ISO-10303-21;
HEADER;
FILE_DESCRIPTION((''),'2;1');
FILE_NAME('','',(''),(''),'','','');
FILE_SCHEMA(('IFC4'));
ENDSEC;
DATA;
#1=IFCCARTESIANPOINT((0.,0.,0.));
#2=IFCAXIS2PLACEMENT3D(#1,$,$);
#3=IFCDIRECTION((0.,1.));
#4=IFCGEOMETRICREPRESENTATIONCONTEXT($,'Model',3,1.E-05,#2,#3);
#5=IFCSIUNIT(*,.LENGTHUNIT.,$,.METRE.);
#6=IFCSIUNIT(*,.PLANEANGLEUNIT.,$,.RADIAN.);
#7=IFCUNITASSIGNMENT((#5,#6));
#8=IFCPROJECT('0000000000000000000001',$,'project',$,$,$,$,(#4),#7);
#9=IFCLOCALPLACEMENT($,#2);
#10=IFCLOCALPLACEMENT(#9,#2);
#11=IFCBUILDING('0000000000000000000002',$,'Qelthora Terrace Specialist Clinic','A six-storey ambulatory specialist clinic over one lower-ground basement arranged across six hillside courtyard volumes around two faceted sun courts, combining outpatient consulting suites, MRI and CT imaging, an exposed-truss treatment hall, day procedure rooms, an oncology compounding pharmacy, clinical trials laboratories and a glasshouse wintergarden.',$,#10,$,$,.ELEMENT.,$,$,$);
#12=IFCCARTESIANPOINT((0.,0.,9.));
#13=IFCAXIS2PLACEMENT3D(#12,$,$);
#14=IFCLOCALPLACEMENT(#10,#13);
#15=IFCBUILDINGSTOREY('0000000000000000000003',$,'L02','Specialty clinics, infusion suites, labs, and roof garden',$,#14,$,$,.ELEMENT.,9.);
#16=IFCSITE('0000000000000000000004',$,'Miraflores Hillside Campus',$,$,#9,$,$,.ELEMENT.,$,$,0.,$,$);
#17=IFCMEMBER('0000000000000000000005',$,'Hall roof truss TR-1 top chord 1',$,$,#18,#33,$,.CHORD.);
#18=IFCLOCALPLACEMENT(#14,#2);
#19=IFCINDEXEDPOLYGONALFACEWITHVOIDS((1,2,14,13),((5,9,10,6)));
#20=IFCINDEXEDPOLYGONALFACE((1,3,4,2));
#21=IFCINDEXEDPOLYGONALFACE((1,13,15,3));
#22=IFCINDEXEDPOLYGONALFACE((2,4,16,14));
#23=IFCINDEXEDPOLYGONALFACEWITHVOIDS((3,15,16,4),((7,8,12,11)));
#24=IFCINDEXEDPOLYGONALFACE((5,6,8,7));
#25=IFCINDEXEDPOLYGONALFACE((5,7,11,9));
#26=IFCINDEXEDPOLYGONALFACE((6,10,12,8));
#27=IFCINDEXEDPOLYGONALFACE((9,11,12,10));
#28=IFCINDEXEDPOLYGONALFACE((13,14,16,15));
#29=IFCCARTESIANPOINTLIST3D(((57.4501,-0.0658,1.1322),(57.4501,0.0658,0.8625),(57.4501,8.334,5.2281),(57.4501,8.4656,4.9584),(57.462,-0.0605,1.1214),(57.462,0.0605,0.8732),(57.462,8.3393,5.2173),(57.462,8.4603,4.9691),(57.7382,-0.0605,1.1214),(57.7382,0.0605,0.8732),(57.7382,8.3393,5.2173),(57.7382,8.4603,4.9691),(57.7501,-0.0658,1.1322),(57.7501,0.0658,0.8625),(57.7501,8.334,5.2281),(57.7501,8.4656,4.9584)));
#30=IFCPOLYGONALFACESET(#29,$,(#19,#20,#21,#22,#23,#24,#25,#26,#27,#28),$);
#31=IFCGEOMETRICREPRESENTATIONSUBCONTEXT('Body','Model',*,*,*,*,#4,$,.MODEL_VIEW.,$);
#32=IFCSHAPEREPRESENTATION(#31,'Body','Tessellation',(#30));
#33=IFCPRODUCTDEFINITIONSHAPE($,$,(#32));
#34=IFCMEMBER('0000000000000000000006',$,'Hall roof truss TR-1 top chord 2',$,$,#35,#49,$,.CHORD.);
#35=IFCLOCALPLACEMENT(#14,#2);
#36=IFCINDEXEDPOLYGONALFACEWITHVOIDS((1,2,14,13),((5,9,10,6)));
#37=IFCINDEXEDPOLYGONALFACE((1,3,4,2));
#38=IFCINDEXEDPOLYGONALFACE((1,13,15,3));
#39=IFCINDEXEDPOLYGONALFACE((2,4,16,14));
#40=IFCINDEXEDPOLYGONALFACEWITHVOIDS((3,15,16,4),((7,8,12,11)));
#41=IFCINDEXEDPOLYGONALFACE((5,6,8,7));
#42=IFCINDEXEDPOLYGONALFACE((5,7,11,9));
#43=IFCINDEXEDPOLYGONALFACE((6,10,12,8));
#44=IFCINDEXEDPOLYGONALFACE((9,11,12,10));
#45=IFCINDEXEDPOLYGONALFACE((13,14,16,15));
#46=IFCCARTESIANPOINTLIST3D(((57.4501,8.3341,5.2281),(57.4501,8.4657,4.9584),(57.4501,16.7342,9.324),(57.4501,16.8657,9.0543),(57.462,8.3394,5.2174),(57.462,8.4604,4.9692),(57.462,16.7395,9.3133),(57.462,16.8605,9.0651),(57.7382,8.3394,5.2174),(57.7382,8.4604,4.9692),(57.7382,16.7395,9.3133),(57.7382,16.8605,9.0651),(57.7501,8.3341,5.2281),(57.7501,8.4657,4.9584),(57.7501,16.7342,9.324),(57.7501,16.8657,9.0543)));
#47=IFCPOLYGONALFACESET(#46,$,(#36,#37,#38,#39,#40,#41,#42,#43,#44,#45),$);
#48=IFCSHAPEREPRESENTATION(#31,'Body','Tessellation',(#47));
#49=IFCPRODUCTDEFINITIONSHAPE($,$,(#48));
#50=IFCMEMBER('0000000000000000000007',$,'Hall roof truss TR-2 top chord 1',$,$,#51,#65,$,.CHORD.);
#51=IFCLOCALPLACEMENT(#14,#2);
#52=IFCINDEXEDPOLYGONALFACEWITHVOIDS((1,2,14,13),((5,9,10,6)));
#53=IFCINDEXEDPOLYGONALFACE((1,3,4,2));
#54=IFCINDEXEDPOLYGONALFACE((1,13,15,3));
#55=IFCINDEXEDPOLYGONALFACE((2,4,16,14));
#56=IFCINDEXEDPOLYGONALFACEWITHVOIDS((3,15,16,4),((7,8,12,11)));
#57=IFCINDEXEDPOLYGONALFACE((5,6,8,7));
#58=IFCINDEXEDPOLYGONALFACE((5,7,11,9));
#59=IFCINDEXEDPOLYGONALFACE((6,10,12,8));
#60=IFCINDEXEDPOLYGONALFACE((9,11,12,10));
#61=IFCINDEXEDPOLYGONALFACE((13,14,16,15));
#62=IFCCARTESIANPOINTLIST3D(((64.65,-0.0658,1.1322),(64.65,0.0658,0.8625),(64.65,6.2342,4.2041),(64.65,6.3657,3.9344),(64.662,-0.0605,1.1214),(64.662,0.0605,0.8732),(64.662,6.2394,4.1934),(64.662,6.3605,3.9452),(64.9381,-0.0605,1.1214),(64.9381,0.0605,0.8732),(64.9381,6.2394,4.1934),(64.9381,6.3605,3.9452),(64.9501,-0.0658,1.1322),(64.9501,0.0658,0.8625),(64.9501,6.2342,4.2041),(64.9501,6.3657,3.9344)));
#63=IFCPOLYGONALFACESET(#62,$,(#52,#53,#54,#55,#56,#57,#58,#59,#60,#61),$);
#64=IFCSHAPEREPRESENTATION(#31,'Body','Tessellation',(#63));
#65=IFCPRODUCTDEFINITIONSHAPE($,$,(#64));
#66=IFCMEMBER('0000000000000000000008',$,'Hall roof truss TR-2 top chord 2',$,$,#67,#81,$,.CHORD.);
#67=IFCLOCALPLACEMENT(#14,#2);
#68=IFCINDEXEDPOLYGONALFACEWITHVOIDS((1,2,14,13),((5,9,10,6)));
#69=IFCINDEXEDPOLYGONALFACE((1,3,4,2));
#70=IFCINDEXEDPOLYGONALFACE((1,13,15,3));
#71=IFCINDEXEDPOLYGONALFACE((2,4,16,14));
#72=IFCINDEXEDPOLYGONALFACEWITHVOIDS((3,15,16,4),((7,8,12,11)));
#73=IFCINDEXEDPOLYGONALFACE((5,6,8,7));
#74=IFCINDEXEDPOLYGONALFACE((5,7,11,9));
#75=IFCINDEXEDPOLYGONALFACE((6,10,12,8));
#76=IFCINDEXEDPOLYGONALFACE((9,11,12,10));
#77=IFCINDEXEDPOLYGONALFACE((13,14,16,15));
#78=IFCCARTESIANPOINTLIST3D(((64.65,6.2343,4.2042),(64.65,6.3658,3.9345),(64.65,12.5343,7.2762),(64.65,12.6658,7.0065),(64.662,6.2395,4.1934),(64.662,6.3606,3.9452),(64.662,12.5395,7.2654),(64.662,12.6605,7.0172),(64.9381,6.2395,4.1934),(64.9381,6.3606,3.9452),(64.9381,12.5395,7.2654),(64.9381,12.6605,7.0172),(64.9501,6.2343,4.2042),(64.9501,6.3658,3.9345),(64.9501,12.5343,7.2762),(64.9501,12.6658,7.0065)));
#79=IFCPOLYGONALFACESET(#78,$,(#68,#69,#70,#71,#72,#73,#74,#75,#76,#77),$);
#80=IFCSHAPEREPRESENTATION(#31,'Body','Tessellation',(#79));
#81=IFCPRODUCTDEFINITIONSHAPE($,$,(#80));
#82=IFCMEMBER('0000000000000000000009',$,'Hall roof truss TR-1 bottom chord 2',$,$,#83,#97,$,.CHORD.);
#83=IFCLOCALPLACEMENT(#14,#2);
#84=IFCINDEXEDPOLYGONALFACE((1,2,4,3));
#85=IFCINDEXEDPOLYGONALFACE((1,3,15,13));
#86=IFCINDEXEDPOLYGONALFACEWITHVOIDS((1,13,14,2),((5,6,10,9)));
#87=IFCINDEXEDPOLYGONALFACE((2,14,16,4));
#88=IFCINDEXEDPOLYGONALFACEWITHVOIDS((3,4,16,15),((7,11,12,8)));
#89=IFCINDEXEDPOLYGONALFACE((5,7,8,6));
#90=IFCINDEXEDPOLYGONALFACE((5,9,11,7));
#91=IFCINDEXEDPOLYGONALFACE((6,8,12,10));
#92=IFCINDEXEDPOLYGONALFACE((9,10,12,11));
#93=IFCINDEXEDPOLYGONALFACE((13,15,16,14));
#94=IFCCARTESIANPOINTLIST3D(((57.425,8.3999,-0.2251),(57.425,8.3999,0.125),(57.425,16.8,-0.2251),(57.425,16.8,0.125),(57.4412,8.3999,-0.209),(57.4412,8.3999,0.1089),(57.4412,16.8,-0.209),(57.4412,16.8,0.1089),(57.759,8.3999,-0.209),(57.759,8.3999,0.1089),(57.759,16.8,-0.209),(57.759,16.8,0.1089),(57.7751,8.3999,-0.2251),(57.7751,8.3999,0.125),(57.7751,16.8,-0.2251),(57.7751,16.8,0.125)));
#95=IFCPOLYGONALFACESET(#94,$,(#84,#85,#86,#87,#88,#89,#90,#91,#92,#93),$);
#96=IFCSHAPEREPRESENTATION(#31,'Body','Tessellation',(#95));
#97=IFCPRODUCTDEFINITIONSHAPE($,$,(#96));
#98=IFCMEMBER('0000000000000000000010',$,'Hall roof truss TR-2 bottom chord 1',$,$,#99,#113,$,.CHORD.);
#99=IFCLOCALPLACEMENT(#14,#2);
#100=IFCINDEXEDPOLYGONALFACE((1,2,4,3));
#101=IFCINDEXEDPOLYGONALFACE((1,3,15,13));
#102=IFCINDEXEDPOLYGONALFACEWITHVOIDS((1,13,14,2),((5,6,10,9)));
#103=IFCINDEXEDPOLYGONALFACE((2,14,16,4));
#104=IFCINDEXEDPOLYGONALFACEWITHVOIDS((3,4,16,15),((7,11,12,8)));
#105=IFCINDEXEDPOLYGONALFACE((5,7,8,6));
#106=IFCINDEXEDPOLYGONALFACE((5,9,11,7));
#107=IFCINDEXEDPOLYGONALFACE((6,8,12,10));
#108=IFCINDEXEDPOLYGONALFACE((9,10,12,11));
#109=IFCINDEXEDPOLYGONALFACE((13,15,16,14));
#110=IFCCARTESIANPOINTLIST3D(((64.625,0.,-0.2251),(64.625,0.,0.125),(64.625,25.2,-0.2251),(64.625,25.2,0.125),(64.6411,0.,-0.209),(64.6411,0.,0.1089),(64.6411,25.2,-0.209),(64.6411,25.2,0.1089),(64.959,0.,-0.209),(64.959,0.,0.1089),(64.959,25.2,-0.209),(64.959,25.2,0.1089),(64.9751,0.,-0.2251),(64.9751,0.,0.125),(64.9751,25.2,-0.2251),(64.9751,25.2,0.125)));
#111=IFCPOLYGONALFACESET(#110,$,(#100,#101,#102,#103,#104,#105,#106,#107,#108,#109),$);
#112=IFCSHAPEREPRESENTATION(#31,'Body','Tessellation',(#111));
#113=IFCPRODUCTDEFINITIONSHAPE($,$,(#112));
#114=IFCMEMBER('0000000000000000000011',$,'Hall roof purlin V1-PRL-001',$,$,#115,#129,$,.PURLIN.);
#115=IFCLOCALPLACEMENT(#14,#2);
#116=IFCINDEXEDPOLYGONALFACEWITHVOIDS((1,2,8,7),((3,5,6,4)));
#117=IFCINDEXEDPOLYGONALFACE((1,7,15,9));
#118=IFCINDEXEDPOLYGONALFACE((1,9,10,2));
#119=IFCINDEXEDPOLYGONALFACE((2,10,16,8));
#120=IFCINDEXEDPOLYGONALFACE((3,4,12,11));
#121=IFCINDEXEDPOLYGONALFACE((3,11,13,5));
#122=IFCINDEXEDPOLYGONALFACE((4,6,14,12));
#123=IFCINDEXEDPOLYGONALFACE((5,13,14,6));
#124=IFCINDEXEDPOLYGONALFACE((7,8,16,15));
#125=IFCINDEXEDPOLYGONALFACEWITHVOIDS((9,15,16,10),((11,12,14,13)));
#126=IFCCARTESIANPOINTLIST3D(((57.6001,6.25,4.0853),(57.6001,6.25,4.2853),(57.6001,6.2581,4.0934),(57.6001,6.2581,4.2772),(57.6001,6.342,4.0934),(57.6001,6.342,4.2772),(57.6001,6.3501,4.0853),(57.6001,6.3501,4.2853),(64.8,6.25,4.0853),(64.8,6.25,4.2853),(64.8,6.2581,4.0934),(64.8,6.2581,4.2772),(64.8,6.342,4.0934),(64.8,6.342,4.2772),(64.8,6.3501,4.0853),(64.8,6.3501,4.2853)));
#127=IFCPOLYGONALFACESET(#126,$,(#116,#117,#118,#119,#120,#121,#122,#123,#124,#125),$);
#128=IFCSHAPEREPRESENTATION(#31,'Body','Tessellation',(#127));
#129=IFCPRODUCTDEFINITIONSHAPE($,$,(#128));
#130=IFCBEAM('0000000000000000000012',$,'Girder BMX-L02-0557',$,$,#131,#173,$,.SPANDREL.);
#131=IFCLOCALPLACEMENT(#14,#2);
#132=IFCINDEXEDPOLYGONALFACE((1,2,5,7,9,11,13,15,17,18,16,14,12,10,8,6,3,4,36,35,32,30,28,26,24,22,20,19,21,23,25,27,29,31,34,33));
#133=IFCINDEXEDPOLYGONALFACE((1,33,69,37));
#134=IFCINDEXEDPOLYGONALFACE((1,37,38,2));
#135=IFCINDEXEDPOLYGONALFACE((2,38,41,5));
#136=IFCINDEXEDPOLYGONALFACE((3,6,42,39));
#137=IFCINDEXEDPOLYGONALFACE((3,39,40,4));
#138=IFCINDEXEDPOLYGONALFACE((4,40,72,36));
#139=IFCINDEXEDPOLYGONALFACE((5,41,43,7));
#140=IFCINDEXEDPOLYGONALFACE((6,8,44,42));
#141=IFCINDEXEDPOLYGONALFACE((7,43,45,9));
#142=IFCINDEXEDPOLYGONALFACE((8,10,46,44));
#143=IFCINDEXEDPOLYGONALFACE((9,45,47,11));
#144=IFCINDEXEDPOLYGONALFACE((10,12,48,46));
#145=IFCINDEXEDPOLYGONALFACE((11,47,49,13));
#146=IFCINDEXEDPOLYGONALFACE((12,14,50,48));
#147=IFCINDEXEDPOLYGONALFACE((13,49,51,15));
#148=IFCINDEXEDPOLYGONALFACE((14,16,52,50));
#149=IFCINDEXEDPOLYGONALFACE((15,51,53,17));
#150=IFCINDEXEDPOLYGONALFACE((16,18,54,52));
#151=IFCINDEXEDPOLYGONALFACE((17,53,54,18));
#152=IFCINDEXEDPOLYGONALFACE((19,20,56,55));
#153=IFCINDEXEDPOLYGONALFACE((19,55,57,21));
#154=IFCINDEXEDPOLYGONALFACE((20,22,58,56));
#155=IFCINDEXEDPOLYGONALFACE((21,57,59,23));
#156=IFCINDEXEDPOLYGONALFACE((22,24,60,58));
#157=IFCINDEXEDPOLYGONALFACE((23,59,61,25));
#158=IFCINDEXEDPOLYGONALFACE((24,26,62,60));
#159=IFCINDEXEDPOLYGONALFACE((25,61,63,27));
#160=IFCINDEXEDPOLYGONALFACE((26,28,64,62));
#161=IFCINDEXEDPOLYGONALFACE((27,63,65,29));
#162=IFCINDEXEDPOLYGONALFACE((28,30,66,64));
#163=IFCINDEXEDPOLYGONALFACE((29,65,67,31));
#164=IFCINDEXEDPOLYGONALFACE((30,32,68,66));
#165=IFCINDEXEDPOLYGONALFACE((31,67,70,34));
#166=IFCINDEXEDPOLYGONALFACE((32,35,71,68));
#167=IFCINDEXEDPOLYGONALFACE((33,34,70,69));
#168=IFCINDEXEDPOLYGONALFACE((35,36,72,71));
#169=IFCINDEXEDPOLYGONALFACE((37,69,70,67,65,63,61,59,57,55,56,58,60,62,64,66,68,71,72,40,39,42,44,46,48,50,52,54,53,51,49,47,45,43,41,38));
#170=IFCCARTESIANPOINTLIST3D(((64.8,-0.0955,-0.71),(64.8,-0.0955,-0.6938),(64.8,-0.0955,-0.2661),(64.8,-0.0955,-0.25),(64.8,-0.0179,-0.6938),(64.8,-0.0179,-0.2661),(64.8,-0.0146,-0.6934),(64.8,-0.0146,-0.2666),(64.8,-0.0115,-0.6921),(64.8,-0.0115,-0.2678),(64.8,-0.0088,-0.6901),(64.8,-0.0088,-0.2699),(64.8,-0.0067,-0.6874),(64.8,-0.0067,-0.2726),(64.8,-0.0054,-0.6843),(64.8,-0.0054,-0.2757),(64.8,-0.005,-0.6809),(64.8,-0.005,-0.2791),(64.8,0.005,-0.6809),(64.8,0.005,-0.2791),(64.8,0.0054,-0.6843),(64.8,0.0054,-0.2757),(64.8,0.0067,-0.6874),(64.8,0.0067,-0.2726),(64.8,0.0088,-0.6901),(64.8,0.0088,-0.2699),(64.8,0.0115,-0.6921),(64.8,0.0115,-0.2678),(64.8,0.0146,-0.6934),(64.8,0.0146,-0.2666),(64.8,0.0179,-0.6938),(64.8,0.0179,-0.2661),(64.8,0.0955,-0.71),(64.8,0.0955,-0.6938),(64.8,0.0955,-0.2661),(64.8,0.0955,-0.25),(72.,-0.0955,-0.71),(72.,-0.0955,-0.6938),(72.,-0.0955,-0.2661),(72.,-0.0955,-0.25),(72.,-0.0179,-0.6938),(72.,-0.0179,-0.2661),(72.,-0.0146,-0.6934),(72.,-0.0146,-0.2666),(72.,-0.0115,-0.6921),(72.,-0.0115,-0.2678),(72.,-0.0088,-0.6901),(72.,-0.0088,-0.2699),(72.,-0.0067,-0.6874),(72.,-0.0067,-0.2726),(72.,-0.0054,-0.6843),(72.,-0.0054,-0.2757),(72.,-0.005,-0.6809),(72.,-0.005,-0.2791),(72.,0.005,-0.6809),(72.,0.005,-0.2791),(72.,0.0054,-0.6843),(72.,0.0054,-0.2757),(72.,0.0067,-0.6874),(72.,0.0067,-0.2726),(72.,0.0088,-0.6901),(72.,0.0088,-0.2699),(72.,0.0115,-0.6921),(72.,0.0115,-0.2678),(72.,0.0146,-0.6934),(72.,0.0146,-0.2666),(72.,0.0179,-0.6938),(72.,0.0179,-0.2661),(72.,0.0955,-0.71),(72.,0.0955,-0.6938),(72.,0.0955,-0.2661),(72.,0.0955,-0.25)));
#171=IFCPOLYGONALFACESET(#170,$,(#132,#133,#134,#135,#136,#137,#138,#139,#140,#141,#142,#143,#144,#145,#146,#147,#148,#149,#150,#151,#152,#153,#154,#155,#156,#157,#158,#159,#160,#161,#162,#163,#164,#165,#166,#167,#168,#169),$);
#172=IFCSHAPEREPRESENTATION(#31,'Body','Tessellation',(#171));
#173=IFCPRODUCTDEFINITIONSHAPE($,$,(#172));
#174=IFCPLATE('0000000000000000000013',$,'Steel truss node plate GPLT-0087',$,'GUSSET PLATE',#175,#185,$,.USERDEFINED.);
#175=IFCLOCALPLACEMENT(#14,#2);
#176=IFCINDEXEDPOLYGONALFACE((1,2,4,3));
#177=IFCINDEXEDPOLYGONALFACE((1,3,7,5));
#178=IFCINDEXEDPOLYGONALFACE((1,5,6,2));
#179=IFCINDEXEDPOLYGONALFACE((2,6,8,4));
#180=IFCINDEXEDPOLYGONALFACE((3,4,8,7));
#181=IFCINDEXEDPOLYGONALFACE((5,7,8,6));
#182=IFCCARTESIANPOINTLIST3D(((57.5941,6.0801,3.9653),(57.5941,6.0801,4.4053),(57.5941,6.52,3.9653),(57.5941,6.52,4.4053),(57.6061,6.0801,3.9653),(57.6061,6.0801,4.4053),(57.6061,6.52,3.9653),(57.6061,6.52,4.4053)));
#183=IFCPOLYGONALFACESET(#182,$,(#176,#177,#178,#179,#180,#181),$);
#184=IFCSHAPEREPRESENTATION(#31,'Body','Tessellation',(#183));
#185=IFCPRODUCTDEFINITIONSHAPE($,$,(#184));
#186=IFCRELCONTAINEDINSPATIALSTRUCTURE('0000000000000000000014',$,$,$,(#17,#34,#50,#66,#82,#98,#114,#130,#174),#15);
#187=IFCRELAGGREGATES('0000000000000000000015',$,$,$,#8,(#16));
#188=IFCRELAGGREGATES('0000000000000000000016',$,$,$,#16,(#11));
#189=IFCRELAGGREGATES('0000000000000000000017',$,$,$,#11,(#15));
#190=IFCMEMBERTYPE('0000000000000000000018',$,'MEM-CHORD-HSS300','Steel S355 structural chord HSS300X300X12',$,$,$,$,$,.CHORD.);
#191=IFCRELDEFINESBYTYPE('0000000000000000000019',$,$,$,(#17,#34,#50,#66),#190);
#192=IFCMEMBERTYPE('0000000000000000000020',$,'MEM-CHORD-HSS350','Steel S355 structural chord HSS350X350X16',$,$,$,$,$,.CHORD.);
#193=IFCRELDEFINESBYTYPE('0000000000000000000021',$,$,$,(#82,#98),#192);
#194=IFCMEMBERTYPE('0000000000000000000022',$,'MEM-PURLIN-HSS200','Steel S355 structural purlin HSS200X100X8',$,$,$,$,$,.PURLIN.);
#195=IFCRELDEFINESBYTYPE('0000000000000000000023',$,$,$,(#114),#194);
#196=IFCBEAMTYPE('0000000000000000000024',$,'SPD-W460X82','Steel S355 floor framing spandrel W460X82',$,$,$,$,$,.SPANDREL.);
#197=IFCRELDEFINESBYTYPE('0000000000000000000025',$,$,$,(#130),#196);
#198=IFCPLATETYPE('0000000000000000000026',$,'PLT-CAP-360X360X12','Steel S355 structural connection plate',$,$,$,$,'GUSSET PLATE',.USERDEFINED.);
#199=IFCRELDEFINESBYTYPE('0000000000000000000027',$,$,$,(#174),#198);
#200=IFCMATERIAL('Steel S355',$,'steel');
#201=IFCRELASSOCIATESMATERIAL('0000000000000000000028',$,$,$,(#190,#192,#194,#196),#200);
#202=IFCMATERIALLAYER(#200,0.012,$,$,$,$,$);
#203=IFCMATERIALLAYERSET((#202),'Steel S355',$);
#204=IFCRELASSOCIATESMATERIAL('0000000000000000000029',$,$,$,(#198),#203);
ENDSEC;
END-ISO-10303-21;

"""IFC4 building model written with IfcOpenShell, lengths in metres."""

from ifc_helpers import new_model, si_unit, direction, frame, origin, origin_2d, place, context, subcontext, project, spatial, rectangle, hollow_rectangle, i_section, extrude, material, layer, layer_set, material_profile, profile_set, type_object, element, save


model = new_model("IFC4")

# Units and contexts
model_context = context("Model", 3, precision=1e-05, world=origin(), true_north=direction((0.0, 1.0)))
body_context = subcontext(model_context, "Body", "Model", "MODEL_VIEW")
ifc_project = project(units=[si_unit("LENGTHUNIT", "METRE"), si_unit("PLANEANGLEUNIT", "RADIAN")], contexts=[model_context])

# Site, building, storey
site_placement = place(None, origin())
site = spatial("IfcSite", under=ifc_project, at=site_placement, Name="Miraflores Hillside Campus", CompositionType="ELEMENT", RefElevation=0.0)
building_placement = place(site_placement, origin())
building = spatial("IfcBuilding", under=site, at=building_placement, Name="Qelthora Terrace Specialist Clinic", Description="A six-storey ambulatory specialist clinic over one lower-ground basement arranged across six hillside courtyard volumes around two faceted sun courts, combining outpatient consulting suites, MRI and CT imaging, an exposed-truss treatment hall, day procedure rooms, an oncology compounding pharmacy, clinical trials laboratories and a glasshouse wintergarden.", CompositionType="ELEMENT")
storey_placement = place(building_placement, frame((0.0, 0.0, 9.0)))
storey = spatial("IfcBuildingStorey", under=building, at=storey_placement, Name="L02", Description="Specialty clinics, infusion suites, labs, and roof garden", CompositionType="ELEMENT", Elevation=9.0)

# Shared definitions
ifc_material_1 = material(Name="Steel S355", Category="steel")

# Members
ifc_material_profile_1 = material_profile(ifc_material_1, hollow_rectangle(XDim=0.3, YDim=0.3, WallThickness=0.012, at=origin_2d()), Name="HSS300X300X12")
ifc_profile_set_1 = profile_set([ifc_material_profile_1], Name="Steel S355")
member_type_1 = type_object("IfcMemberType", Name="MEM-CHORD-HSS300", Description="Steel S355 structural chord HSS300X300X12", PredefinedType="CHORD", material=ifc_profile_set_1)
member_1_placement = place(storey_placement, frame((57.6001, 0.0, 0.9973), z_axis=(0.0, 0.898834, 0.438288), x_axis=(-1.0, 0.0, 0.0)))
element("IfcMember", 1, at=member_1_placement, inside=storey, type_object=member_type_1, Name="Hall roof truss TR-1 top chord 1", PredefinedType="CHORD", context=body_context, shape_type="SweptSolid", body=[
    extrude(hollow_rectangle(XDim=0.3, YDim=0.3, WallThickness=0.012, at=origin_2d()), origin(), (0.0, 0.0, 1.0), 9.3452),
])
member_2_placement = place(storey_placement, frame((57.6001, 8.3999, 5.0933), z_axis=(0.0, 0.898839, 0.438278), x_axis=(-1.0, 0.0, 0.0)))
element("IfcMember", 2, at=member_2_placement, inside=storey, type_object=member_type_1, Name="Hall roof truss TR-1 top chord 2", PredefinedType="CHORD", context=body_context, shape_type="SweptSolid", body=[
    extrude(hollow_rectangle(XDim=0.3, YDim=0.3, WallThickness=0.012, at=origin_2d()), origin(), (0.0, 0.0, 1.0), 9.3455),
])
for number, where, z_axis, x_axis, name in (
    (3, (64.8, 0.0, 0.9973), (0.0, 0.898834, 0.438288), (-1.0, 0.0, 0.0), "Hall roof truss TR-2 top chord 1"),
    (4, (64.8, 6.3, 4.0693), (0.0, 0.898834, 0.438288), (-1.0, 0.0, 0.0), "Hall roof truss TR-2 top chord 2"),
):
    element("IfcMember", number, at=place(storey_placement, frame(where, z_axis=z_axis, x_axis=x_axis)), inside=storey, type_object=member_type_1, Name=name, PredefinedType="CHORD", context=body_context, shape_type="SweptSolid", body=[
        extrude(hollow_rectangle(XDim=0.3, YDim=0.3, WallThickness=0.012, at=origin_2d()), origin(), (0.0, 0.0, 1.0), 7.009),
    ])
ifc_material_profile_2 = material_profile(ifc_material_1, hollow_rectangle(XDim=0.3501, YDim=0.3501, WallThickness=0.0161, at=origin_2d()), Name="HSS350X350X16")
ifc_profile_set_2 = profile_set([ifc_material_profile_2], Name="Steel S355")
member_type_2 = type_object("IfcMemberType", Name="MEM-CHORD-HSS350", Description="Steel S355 structural chord HSS350X350X16", PredefinedType="CHORD", material=ifc_profile_set_2)
member_3_placement = place(storey_placement, frame((57.6001, 8.3999, -0.05), z_axis=(0.0, 1.0, 0.0), x_axis=(-1.0, 0.0, 0.0)))
element("IfcMember", 5, at=member_3_placement, inside=storey, type_object=member_type_2, Name="Hall roof truss TR-1 bottom chord 2", PredefinedType="CHORD", context=body_context, shape_type="SweptSolid", body=[
    extrude(hollow_rectangle(XDim=0.3501, YDim=0.3501, WallThickness=0.0161, at=origin_2d()), origin(), (0.0, 0.0, 1.0), 8.4001),
])
member_4_placement = place(storey_placement, frame((64.8, 0.0, -0.05), z_axis=(0.0, 1.0, 0.0), x_axis=(-1.0, 0.0, 0.0)))
element("IfcMember", 6, at=member_4_placement, inside=storey, type_object=member_type_2, Name="Hall roof truss TR-2 bottom chord 1", PredefinedType="CHORD", context=body_context, shape_type="SweptSolid", body=[
    extrude(hollow_rectangle(XDim=0.3501, YDim=0.3501, WallThickness=0.0161, at=origin_2d()), origin(), (0.0, 0.0, 1.0), 25.2),
])
ifc_material_profile_3 = material_profile(ifc_material_1, hollow_rectangle(XDim=0.1001, YDim=0.2, WallThickness=0.0081, at=origin_2d()), Name="HSS200X100X8")
ifc_profile_set_3 = profile_set([ifc_material_profile_3], Name="Steel S355")
member_type_3 = type_object("IfcMemberType", Name="MEM-PURLIN-HSS200", Description="Steel S355 structural purlin HSS200X100X8", PredefinedType="PURLIN", material=ifc_profile_set_3)
member_5_placement = place(storey_placement, frame((57.6001, 6.3, 4.1853), z_axis=(1.0, 0.0, 0.0), x_axis=(0.0, 1.0, 0.0)))
element("IfcMember", 7, at=member_5_placement, inside=storey, type_object=member_type_3, Name="Hall roof purlin V1-PRL-001", PredefinedType="PURLIN", context=body_context, shape_type="SweptSolid", body=[
    extrude(hollow_rectangle(XDim=0.1001, YDim=0.2, WallThickness=0.0081, at=origin_2d()), origin(), (0.0, 0.0, 1.0), 7.2),
])

# Beam
ifc_material_profile_4 = material_profile(ifc_material_1, i_section(OverallWidth=0.1909, OverallDepth=0.46, WebThickness=0.01, FlangeThickness=0.0161, FilletRadius=0.0129, at=origin_2d()), Name="W460X82")
ifc_profile_set_4 = profile_set([ifc_material_profile_4], Name="Steel S355")
beam_type_1 = type_object("IfcBeamType", Name="SPD-W460X82", Description="Steel S355 floor framing spandrel W460X82", PredefinedType="SPANDREL", material=ifc_profile_set_4)
beam_1_placement = place(storey_placement, frame((64.8, 0.0, -0.48), z_axis=(1.0, 0.0, 0.0), x_axis=(0.0, 1.0, 0.0)))
element("IfcBeam", 8, at=beam_1_placement, inside=storey, type_object=beam_type_1, Name="Girder BMX-L02-0557", PredefinedType="SPANDREL", context=body_context, shape_type="SweptSolid", body=[
    extrude(i_section(OverallWidth=0.1909, OverallDepth=0.46, WebThickness=0.01, FlangeThickness=0.0161, FilletRadius=0.0129, at=origin_2d()), origin(), (0.0, 0.0, 1.0), 7.2),
])

# Plate
ifc_layer_1 = layer(ifc_material_1, 0.012)
ifc_layer_set_1 = layer_set([ifc_layer_1], Name="Steel S355")
plate_type_1 = type_object("IfcPlateType", Name="PLT-CAP-360X360X12", Description="Steel S355 structural connection plate", ElementType="GUSSET PLATE", PredefinedType="USERDEFINED", material=ifc_layer_set_1)
plate_placement = place(storey_placement, frame((57.6001, 6.3, 3.9653), z_axis=(0.0, 0.0, 1.0), x_axis=(1.0, 0.0, 0.0)))
element("IfcPlate", 9, at=plate_placement, inside=storey, type_object=plate_type_1, Name="Steel truss node plate GPLT-0087", ObjectType="GUSSET PLATE", PredefinedType="USERDEFINED", context=body_context, shape_type="SweptSolid", body=[
    extrude(rectangle(XDim=0.012, YDim=0.4399, at=origin_2d()), origin(), (0.0, 0.0, 1.0), 0.4399),
])

save(model, "model.ifc")
